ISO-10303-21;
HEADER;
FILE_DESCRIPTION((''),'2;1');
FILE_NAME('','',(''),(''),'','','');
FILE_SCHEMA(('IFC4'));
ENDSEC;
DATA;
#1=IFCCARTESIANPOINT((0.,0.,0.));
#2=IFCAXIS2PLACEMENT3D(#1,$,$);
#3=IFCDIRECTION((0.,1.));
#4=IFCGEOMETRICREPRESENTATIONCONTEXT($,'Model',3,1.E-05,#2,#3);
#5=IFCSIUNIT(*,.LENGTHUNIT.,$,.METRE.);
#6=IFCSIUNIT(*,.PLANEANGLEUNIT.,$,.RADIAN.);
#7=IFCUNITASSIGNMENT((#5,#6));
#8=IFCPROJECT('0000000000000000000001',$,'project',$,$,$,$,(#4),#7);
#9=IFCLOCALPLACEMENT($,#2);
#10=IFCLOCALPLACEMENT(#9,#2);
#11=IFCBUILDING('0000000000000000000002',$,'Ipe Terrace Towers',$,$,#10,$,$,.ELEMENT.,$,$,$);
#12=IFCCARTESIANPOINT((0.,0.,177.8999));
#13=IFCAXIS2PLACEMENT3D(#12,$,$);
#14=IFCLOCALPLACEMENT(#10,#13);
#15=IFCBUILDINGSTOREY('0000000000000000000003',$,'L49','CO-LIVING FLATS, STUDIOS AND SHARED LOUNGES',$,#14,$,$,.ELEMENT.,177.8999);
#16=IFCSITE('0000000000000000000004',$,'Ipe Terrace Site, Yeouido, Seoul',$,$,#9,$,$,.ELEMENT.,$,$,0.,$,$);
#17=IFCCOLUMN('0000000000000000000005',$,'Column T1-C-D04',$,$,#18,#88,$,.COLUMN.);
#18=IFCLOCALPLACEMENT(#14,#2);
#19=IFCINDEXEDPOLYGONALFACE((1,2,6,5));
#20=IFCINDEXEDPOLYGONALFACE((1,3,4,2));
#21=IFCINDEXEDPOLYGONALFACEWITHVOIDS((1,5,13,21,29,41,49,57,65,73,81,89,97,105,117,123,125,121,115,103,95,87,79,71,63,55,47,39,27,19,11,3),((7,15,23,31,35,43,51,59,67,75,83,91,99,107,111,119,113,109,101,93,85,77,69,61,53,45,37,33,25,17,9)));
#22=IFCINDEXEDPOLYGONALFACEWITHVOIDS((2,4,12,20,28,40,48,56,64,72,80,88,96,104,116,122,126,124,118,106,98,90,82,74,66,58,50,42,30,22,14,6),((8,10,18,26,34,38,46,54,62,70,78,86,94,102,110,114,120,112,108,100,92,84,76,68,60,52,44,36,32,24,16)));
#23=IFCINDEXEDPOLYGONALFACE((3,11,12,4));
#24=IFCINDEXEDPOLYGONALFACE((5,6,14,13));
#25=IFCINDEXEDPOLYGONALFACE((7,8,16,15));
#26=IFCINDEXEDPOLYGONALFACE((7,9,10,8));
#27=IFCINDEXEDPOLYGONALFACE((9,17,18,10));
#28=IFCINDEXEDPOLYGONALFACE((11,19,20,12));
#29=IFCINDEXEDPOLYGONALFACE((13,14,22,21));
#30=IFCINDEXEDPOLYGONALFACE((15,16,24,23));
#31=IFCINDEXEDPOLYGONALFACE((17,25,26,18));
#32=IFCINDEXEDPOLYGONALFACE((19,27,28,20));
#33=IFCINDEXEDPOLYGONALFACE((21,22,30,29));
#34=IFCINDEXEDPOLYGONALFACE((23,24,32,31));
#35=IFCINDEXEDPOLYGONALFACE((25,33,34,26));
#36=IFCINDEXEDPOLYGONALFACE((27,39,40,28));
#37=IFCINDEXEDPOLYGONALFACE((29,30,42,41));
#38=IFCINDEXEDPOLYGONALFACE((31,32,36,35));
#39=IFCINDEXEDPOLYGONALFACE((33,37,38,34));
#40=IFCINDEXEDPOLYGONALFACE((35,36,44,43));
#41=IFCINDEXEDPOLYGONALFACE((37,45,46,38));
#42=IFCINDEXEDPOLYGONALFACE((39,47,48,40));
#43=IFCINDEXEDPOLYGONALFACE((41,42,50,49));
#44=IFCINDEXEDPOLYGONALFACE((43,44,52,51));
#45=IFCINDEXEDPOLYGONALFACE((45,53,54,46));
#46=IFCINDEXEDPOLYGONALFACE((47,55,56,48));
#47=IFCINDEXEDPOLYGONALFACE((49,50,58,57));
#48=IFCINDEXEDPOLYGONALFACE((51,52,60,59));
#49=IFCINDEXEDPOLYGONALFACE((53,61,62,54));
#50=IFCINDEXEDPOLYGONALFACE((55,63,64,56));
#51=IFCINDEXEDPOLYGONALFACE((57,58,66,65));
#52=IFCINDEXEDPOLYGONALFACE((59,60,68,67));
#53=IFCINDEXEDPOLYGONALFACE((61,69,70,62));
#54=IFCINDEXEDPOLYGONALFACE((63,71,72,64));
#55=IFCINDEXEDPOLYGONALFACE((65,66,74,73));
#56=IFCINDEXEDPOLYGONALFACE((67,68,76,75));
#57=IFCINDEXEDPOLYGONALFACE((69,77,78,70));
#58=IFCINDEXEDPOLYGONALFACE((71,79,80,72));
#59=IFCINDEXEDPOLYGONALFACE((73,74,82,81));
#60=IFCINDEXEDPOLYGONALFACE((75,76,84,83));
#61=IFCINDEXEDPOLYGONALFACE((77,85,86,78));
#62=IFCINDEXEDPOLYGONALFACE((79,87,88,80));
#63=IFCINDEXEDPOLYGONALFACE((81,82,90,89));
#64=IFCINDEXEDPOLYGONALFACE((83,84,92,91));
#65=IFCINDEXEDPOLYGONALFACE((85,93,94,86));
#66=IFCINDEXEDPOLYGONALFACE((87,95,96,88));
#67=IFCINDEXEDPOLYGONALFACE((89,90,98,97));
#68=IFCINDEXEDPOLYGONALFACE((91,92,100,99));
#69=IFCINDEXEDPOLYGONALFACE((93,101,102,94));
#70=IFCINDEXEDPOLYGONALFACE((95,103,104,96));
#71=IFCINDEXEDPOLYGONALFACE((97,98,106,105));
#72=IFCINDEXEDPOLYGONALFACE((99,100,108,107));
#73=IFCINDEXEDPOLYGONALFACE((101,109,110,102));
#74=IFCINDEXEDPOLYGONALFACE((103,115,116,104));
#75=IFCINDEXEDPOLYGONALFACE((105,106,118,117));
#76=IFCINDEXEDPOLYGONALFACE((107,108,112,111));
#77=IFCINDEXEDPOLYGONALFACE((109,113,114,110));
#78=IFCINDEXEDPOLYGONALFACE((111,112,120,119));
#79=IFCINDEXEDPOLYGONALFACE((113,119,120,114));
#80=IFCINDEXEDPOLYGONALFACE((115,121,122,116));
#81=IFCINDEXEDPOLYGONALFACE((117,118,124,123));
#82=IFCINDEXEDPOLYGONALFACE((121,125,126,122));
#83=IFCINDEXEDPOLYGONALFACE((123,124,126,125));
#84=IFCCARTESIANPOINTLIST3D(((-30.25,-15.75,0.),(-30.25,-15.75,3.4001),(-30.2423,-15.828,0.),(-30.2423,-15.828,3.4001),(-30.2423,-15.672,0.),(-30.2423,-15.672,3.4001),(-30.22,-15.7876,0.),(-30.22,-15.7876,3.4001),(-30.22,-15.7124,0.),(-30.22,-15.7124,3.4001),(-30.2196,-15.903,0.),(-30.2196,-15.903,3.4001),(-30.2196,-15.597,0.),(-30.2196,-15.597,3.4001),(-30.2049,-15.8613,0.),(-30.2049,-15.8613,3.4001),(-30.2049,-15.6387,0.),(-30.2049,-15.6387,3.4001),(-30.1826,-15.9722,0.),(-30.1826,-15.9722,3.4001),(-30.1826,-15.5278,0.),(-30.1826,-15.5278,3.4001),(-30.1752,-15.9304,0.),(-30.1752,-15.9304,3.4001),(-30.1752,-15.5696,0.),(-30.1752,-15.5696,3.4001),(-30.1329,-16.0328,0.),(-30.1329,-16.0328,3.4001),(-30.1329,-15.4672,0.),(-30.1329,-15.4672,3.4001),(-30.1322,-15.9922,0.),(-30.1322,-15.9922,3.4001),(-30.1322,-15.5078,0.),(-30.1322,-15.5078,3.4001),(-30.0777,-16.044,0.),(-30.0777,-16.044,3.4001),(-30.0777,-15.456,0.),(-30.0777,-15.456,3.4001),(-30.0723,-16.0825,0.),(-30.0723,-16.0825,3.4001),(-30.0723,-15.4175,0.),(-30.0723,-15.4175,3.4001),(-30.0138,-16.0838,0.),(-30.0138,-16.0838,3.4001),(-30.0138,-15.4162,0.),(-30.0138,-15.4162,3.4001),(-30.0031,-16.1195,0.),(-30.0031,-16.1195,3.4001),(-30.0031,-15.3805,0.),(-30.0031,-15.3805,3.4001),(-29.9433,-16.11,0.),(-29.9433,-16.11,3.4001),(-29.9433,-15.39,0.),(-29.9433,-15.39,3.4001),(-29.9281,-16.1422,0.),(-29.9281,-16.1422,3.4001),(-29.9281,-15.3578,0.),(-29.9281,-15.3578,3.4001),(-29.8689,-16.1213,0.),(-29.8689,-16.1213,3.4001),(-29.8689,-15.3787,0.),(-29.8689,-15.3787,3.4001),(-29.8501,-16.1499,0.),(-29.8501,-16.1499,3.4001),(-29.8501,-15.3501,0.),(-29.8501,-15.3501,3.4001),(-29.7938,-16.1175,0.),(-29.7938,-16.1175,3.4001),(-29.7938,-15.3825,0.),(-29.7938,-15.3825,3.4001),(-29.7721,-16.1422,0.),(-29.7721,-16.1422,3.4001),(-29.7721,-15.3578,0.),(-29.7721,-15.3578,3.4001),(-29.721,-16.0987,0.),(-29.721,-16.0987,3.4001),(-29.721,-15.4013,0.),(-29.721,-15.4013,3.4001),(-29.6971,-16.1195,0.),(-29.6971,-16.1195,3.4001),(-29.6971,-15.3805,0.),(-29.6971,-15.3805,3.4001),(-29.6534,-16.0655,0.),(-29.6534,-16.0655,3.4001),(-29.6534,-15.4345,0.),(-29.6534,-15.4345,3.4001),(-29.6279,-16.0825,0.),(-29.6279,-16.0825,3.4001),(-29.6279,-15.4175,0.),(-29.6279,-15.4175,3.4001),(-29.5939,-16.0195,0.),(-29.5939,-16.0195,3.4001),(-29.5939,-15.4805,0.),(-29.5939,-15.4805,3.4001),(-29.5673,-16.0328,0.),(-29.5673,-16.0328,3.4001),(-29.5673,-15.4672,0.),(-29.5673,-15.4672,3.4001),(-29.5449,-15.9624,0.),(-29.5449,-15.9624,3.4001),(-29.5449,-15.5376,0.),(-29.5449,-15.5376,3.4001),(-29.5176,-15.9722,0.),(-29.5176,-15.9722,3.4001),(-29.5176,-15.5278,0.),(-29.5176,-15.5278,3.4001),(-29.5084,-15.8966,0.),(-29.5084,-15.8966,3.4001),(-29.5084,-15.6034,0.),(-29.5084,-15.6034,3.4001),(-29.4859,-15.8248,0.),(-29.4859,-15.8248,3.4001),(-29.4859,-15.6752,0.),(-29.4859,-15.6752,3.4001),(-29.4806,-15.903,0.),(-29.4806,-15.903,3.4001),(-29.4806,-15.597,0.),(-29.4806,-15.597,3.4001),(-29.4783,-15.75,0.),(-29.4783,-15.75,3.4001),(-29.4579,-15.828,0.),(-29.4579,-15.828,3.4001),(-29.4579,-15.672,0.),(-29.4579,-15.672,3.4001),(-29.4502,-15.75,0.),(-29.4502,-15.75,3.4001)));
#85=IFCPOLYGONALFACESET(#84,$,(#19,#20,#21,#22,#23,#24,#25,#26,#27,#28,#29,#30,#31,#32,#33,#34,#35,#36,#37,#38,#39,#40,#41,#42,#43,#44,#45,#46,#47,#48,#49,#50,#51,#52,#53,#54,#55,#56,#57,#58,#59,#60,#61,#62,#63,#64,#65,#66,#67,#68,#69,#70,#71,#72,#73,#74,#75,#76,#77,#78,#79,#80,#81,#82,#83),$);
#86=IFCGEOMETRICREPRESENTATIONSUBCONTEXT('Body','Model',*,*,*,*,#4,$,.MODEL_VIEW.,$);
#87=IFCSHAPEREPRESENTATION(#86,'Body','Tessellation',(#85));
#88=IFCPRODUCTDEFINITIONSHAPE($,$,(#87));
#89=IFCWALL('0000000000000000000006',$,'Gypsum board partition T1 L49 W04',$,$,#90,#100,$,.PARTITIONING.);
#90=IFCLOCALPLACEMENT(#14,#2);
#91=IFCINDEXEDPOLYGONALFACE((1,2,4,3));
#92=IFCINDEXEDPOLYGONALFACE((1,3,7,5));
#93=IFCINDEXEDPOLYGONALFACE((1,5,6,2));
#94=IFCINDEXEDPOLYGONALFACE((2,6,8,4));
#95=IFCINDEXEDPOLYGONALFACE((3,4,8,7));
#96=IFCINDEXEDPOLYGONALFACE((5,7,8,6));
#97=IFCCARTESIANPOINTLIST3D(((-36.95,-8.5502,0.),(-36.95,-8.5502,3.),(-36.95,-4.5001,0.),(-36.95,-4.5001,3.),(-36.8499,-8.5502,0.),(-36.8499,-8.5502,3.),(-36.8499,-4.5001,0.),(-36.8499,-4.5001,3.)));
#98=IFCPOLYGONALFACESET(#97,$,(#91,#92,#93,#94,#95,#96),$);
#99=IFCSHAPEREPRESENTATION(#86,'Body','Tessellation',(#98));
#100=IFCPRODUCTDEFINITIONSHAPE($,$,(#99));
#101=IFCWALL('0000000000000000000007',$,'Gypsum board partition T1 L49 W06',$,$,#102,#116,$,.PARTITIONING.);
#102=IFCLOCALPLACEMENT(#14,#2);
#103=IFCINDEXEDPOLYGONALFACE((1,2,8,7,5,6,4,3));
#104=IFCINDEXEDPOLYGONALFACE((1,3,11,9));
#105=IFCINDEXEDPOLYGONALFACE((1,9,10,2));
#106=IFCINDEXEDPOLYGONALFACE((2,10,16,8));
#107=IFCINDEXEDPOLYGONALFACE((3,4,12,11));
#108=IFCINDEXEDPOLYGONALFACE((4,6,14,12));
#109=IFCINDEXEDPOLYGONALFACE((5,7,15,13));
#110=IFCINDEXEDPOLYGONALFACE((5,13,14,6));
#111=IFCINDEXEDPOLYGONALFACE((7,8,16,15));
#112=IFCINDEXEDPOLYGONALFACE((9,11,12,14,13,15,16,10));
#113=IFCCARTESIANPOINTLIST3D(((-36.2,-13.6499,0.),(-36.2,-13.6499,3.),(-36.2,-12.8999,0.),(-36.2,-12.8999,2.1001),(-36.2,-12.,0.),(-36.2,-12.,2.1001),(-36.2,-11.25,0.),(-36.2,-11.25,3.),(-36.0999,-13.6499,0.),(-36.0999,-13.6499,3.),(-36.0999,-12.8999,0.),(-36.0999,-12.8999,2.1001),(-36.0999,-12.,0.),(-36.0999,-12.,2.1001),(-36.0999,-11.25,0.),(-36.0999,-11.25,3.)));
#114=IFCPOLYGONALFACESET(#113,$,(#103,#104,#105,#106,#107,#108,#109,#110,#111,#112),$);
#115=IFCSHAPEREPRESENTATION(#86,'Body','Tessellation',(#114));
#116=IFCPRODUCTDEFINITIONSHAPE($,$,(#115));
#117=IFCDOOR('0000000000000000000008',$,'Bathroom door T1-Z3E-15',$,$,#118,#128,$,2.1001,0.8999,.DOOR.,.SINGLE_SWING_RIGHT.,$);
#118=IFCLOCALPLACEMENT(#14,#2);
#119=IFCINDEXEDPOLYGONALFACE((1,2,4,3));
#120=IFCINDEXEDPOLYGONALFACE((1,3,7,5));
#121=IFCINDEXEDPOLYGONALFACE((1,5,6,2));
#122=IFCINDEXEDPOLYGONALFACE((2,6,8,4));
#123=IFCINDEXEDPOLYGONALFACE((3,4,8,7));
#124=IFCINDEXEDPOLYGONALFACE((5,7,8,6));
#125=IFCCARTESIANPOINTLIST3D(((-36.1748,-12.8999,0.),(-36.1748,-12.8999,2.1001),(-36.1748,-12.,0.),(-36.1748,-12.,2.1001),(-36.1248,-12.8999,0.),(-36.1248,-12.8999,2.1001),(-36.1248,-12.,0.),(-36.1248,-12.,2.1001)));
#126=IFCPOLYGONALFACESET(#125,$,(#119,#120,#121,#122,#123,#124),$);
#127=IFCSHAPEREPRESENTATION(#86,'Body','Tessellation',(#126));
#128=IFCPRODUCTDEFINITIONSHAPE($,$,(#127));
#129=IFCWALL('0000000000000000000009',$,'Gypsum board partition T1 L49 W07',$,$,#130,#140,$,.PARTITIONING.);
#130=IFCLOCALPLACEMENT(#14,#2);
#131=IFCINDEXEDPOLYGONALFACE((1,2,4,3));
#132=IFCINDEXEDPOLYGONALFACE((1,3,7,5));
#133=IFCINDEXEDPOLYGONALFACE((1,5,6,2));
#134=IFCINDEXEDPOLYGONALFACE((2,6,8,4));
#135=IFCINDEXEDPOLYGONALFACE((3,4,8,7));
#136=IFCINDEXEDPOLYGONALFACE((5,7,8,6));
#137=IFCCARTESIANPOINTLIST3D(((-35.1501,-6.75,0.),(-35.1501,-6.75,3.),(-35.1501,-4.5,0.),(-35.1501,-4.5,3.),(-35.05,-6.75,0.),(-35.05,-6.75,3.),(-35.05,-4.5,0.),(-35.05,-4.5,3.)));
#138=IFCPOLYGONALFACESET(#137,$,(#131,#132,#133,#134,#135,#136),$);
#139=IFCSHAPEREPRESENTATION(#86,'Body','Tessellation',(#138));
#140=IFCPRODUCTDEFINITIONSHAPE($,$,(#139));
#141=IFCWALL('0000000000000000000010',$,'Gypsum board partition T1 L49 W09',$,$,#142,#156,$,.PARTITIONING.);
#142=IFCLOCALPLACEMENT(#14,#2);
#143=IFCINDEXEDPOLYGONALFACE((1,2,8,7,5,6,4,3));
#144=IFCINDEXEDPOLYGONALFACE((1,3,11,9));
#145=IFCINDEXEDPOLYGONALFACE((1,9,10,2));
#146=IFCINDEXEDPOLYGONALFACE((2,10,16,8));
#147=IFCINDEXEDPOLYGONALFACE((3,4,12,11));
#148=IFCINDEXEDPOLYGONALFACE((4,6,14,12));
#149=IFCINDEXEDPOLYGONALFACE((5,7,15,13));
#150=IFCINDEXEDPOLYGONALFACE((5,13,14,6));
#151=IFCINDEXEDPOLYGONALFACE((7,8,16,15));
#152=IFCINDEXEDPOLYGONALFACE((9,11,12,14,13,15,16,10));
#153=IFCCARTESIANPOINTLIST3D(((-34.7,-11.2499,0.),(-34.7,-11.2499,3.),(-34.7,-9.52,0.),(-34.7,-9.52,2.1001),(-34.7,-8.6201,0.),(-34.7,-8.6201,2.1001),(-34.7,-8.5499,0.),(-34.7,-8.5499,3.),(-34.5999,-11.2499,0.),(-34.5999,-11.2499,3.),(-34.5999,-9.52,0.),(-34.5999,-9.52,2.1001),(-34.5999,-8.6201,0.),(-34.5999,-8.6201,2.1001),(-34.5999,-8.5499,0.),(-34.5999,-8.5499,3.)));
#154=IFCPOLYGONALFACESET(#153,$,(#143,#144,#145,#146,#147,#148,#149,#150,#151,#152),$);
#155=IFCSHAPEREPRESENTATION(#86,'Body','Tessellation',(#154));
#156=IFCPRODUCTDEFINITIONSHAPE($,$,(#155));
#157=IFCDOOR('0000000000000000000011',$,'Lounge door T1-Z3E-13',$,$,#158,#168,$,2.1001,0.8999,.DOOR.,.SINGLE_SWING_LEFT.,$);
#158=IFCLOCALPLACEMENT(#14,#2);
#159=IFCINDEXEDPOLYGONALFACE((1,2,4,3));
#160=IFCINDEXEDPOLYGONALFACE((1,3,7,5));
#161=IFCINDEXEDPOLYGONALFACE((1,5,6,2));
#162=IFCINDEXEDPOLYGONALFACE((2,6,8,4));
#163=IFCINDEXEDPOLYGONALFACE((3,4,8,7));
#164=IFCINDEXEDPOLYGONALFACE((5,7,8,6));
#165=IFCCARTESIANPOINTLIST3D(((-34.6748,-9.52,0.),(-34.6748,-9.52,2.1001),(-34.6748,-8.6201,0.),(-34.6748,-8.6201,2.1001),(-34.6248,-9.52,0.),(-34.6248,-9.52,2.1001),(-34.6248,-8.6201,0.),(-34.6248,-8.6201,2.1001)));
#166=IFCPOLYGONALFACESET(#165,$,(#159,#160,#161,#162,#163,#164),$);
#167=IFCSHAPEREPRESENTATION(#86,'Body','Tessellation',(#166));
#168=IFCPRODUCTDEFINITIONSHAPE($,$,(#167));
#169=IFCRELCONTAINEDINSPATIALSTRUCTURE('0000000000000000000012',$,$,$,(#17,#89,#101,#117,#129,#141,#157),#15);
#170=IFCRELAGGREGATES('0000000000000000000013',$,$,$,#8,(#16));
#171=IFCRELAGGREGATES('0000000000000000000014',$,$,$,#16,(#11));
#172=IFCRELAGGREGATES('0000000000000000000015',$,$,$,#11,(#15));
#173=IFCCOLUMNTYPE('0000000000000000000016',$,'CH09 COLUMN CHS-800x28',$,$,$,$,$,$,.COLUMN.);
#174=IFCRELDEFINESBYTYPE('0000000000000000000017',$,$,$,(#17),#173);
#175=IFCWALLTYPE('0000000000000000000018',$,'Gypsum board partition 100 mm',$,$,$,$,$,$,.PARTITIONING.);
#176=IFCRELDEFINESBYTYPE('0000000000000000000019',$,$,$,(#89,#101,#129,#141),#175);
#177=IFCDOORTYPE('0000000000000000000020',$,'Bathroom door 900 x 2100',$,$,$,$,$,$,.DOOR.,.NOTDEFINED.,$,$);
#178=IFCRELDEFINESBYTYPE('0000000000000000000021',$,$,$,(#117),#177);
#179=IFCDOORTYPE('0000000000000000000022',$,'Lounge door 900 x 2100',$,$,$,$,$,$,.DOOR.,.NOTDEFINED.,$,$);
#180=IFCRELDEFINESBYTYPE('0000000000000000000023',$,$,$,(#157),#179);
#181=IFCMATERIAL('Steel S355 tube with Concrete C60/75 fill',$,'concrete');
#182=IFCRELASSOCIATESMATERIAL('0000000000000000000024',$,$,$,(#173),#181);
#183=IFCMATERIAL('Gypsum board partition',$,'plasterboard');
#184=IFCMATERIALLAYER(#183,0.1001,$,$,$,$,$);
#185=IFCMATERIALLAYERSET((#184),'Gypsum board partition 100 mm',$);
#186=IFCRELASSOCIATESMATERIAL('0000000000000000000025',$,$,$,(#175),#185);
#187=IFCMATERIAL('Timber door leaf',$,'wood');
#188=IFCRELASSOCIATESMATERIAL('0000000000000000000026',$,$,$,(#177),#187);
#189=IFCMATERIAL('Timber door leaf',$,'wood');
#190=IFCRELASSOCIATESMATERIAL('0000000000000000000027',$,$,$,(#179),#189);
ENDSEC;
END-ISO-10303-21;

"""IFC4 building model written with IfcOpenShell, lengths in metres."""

from ifc_helpers import new_model, si_unit, direction, frame, frame_2d, origin, origin_2d, place, context, subcontext, project, spatial, rectangle, hollow_circle, extrude, material, layer, layer_set, material_profile, profile_set, type_object, element, fill, save


model = new_model("IFC4")

# Units and contexts
model_context = context("Model", 3, precision=1e-05, world=origin(), true_north=direction((0.0, 1.0)))
body_context = subcontext(model_context, "Body", "Model", "MODEL_VIEW")
ifc_project = project(units=[si_unit("LENGTHUNIT", "METRE"), si_unit("PLANEANGLEUNIT", "RADIAN")], contexts=[model_context])

# Site, building, storey
site_placement = place(None, origin())
site = spatial("IfcSite", under=ifc_project, at=site_placement, Name="Ipe Terrace Site, Yeouido, Seoul", CompositionType="ELEMENT", RefElevation=0.0)
building_placement = place(site_placement, origin())
building = spatial("IfcBuilding", under=site, at=building_placement, Name="Ipe Terrace Towers", CompositionType="ELEMENT")
storey_placement = place(building_placement, frame((0.0, 0.0, 177.8999)))
storey = spatial("IfcBuildingStorey", under=building, at=storey_placement, Name="L49", Description="CO-LIVING FLATS, STUDIOS AND SHARED LOUNGES", CompositionType="ELEMENT", Elevation=177.8999)

# Column
ifc_material_1 = material(Name="Steel S355 tube with Concrete C60/75 fill", Category="concrete")
ifc_material_profile = material_profile(ifc_material_1, hollow_circle(Radius=0.3999, WallThickness=0.0281, at=origin_2d()), Name="CHS-800x28")
ifc_profile_set = profile_set([ifc_material_profile], Name="Steel S355 tube with Concrete C60/75 fill")
column_type = type_object("IfcColumnType", Name="CH09 COLUMN CHS-800x28", PredefinedType="COLUMN", material=ifc_profile_set)
column_placement = place(storey_placement, frame((-29.8501, -15.75, 0.0), z_axis=(0.0, 0.0, 1.0), x_axis=(1.0, 0.0, 0.0)))
element("IfcColumn", 1, at=column_placement, inside=storey, type_object=column_type, Name="Column T1-C-D04", PredefinedType="COLUMN", context=body_context, shape_type="SweptSolid", body=[
    extrude(hollow_circle(Radius=0.3999, WallThickness=0.0281, at=origin_2d()), origin(), (0.0, 0.0, 1.0), 3.4001),
])

# Wall
ifc_material_2 = material(Name="Gypsum board partition", Category="plasterboard")
ifc_layer = layer(ifc_material_2, 0.1001)
ifc_layer_set = layer_set([ifc_layer], Name="Gypsum board partition 100 mm")
wall_type = type_object("IfcWallType", Name="Gypsum board partition 100 mm", PredefinedType="PARTITIONING", material=ifc_layer_set)
wall_1_placement = place(storey_placement, frame((-36.8999, -8.55, 0.0), z_axis=(0.0, 0.0, 1.0), x_axis=(0.0, 1.0, 0.0)))
element("IfcWall", 2, at=wall_1_placement, inside=storey, type_object=wall_type, Name="Gypsum board partition T1 L49 W04", PredefinedType="PARTITIONING", context=body_context, shape_type="SweptSolid", body=[
    extrude(rectangle(XDim=4.05, YDim=0.1001, at=frame_2d((2.0249, 0.0))), origin(), (0.0, 0.0, 1.0), 3.0),
])

# Wall, opening, door
wall_2_placement = place(storey_placement, frame((-36.1499, -13.6499, 0.0), z_axis=(0.0, 0.0, 1.0), x_axis=(0.0, 1.0, 0.0)))
wall_2 = element("IfcWall", 3, at=wall_2_placement, inside=storey, type_object=wall_type, Name="Gypsum board partition T1 L49 W06", PredefinedType="PARTITIONING", context=body_context, shape_type="SweptSolid", body=[
    extrude(rectangle(XDim=2.3999, YDim=0.1001, at=frame_2d((1.2, 0.0))), origin(), (0.0, 0.0, 1.0), 3.0),
])
opening_1_placement = place(wall_2_placement, frame((0.75, 0.0, 0.0)))
opening_1 = element("IfcOpeningElement", 4, at=opening_1_placement, cuts=wall_2, PredefinedType="OPENING", context=body_context, shape_type="SweptSolid", body=[
    extrude(rectangle(XDim=0.8999, YDim=2.1001, at=frame_2d((0.45, 1.05))), frame((0.0, 0.0601, 0.0), z_axis=(0.0, -1.0, 0.0), x_axis=(1.0, 0.0, 0.0)), (0.0, 0.0, 1.0), 0.1201),
])
ifc_material_3 = material(Name="Timber door leaf", Category="wood")
door_type_1 = type_object("IfcDoorType", Name="Bathroom door 900 x 2100", OperationType="NOTDEFINED", PredefinedType="DOOR", material=ifc_material_3)
door_1_placement = place(opening_1_placement, origin())
door_1 = element("IfcDoor", 5, at=door_1_placement, inside=storey, type_object=door_type_1, Name="Bathroom door T1-Z3E-15", OperationType="SINGLE_SWING_RIGHT", OverallHeight=2.1001, OverallWidth=0.8999, PredefinedType="DOOR", context=body_context, shape_type="SweptSolid", body=[
    extrude(rectangle(XDim=0.8999, YDim=2.1001, at=frame_2d((0.45, 1.05))), frame((0.0, 0.0249, 0.0), z_axis=(0.0, -1.0, 0.0), x_axis=(1.0, 0.0, 0.0)), (0.0, 0.0, 1.0), 0.05),
])
fill(opening_1, door_1)

# Wall
wall_3_placement = place(storey_placement, frame((-35.1001, -6.75, 0.0), z_axis=(0.0, 0.0, 1.0), x_axis=(0.0, 1.0, 0.0)))
element("IfcWall", 6, at=wall_3_placement, inside=storey, type_object=wall_type, Name="Gypsum board partition T1 L49 W07", PredefinedType="PARTITIONING", context=body_context, shape_type="SweptSolid", body=[
    extrude(rectangle(XDim=2.25, YDim=0.1001, at=frame_2d((1.125, 0.0))), origin(), (0.0, 0.0, 1.0), 3.0),
])

# Wall, opening, door
wall_4_placement = place(storey_placement, frame((-34.6499, -11.25, 0.0), z_axis=(0.0, 0.0, 1.0), x_axis=(0.0, 1.0, 0.0)))
wall_4 = element("IfcWall", 7, at=wall_4_placement, inside=storey, type_object=wall_type, Name="Gypsum board partition T1 L49 W09", PredefinedType="PARTITIONING", context=body_context, shape_type="SweptSolid", body=[
    extrude(rectangle(XDim=2.7, YDim=0.1001, at=frame_2d((1.3501, 0.0))), origin(), (0.0, 0.0, 1.0), 3.0),
])
opening_2_placement = place(wall_4_placement, frame((1.73, 0.0, 0.0)))
opening_2 = element("IfcOpeningElement", 8, at=opening_2_placement, cuts=wall_4, PredefinedType="OPENING", context=body_context, shape_type="SweptSolid", body=[
    extrude(rectangle(XDim=0.8999, YDim=2.1001, at=frame_2d((0.45, 1.05))), frame((0.0, 0.0601, 0.0), z_axis=(0.0, -1.0, 0.0), x_axis=(1.0, 0.0, 0.0)), (0.0, 0.0, 1.0), 0.1201),
])
ifc_material_4 = material(Name="Timber door leaf", Category="wood")
door_type_2 = type_object("IfcDoorType", Name="Lounge door 900 x 2100", OperationType="NOTDEFINED", PredefinedType="DOOR", material=ifc_material_4)
door_2_placement = place(opening_2_placement, origin())
door_2 = element("IfcDoor", 9, at=door_2_placement, inside=storey, type_object=door_type_2, Name="Lounge door T1-Z3E-13", OperationType="SINGLE_SWING_LEFT", OverallHeight=2.1001, OverallWidth=0.8999, PredefinedType="DOOR", context=body_context, shape_type="SweptSolid", body=[
    extrude(rectangle(XDim=0.8999, YDim=2.1001, at=frame_2d((0.45, 1.05))), frame((0.0, 0.0249, 0.0), z_axis=(0.0, -1.0, 0.0), x_axis=(1.0, 0.0, 0.0)), (0.0, 0.0, 1.0), 0.05),
])
fill(opening_2, door_2)

save(model, "model.ifc")
